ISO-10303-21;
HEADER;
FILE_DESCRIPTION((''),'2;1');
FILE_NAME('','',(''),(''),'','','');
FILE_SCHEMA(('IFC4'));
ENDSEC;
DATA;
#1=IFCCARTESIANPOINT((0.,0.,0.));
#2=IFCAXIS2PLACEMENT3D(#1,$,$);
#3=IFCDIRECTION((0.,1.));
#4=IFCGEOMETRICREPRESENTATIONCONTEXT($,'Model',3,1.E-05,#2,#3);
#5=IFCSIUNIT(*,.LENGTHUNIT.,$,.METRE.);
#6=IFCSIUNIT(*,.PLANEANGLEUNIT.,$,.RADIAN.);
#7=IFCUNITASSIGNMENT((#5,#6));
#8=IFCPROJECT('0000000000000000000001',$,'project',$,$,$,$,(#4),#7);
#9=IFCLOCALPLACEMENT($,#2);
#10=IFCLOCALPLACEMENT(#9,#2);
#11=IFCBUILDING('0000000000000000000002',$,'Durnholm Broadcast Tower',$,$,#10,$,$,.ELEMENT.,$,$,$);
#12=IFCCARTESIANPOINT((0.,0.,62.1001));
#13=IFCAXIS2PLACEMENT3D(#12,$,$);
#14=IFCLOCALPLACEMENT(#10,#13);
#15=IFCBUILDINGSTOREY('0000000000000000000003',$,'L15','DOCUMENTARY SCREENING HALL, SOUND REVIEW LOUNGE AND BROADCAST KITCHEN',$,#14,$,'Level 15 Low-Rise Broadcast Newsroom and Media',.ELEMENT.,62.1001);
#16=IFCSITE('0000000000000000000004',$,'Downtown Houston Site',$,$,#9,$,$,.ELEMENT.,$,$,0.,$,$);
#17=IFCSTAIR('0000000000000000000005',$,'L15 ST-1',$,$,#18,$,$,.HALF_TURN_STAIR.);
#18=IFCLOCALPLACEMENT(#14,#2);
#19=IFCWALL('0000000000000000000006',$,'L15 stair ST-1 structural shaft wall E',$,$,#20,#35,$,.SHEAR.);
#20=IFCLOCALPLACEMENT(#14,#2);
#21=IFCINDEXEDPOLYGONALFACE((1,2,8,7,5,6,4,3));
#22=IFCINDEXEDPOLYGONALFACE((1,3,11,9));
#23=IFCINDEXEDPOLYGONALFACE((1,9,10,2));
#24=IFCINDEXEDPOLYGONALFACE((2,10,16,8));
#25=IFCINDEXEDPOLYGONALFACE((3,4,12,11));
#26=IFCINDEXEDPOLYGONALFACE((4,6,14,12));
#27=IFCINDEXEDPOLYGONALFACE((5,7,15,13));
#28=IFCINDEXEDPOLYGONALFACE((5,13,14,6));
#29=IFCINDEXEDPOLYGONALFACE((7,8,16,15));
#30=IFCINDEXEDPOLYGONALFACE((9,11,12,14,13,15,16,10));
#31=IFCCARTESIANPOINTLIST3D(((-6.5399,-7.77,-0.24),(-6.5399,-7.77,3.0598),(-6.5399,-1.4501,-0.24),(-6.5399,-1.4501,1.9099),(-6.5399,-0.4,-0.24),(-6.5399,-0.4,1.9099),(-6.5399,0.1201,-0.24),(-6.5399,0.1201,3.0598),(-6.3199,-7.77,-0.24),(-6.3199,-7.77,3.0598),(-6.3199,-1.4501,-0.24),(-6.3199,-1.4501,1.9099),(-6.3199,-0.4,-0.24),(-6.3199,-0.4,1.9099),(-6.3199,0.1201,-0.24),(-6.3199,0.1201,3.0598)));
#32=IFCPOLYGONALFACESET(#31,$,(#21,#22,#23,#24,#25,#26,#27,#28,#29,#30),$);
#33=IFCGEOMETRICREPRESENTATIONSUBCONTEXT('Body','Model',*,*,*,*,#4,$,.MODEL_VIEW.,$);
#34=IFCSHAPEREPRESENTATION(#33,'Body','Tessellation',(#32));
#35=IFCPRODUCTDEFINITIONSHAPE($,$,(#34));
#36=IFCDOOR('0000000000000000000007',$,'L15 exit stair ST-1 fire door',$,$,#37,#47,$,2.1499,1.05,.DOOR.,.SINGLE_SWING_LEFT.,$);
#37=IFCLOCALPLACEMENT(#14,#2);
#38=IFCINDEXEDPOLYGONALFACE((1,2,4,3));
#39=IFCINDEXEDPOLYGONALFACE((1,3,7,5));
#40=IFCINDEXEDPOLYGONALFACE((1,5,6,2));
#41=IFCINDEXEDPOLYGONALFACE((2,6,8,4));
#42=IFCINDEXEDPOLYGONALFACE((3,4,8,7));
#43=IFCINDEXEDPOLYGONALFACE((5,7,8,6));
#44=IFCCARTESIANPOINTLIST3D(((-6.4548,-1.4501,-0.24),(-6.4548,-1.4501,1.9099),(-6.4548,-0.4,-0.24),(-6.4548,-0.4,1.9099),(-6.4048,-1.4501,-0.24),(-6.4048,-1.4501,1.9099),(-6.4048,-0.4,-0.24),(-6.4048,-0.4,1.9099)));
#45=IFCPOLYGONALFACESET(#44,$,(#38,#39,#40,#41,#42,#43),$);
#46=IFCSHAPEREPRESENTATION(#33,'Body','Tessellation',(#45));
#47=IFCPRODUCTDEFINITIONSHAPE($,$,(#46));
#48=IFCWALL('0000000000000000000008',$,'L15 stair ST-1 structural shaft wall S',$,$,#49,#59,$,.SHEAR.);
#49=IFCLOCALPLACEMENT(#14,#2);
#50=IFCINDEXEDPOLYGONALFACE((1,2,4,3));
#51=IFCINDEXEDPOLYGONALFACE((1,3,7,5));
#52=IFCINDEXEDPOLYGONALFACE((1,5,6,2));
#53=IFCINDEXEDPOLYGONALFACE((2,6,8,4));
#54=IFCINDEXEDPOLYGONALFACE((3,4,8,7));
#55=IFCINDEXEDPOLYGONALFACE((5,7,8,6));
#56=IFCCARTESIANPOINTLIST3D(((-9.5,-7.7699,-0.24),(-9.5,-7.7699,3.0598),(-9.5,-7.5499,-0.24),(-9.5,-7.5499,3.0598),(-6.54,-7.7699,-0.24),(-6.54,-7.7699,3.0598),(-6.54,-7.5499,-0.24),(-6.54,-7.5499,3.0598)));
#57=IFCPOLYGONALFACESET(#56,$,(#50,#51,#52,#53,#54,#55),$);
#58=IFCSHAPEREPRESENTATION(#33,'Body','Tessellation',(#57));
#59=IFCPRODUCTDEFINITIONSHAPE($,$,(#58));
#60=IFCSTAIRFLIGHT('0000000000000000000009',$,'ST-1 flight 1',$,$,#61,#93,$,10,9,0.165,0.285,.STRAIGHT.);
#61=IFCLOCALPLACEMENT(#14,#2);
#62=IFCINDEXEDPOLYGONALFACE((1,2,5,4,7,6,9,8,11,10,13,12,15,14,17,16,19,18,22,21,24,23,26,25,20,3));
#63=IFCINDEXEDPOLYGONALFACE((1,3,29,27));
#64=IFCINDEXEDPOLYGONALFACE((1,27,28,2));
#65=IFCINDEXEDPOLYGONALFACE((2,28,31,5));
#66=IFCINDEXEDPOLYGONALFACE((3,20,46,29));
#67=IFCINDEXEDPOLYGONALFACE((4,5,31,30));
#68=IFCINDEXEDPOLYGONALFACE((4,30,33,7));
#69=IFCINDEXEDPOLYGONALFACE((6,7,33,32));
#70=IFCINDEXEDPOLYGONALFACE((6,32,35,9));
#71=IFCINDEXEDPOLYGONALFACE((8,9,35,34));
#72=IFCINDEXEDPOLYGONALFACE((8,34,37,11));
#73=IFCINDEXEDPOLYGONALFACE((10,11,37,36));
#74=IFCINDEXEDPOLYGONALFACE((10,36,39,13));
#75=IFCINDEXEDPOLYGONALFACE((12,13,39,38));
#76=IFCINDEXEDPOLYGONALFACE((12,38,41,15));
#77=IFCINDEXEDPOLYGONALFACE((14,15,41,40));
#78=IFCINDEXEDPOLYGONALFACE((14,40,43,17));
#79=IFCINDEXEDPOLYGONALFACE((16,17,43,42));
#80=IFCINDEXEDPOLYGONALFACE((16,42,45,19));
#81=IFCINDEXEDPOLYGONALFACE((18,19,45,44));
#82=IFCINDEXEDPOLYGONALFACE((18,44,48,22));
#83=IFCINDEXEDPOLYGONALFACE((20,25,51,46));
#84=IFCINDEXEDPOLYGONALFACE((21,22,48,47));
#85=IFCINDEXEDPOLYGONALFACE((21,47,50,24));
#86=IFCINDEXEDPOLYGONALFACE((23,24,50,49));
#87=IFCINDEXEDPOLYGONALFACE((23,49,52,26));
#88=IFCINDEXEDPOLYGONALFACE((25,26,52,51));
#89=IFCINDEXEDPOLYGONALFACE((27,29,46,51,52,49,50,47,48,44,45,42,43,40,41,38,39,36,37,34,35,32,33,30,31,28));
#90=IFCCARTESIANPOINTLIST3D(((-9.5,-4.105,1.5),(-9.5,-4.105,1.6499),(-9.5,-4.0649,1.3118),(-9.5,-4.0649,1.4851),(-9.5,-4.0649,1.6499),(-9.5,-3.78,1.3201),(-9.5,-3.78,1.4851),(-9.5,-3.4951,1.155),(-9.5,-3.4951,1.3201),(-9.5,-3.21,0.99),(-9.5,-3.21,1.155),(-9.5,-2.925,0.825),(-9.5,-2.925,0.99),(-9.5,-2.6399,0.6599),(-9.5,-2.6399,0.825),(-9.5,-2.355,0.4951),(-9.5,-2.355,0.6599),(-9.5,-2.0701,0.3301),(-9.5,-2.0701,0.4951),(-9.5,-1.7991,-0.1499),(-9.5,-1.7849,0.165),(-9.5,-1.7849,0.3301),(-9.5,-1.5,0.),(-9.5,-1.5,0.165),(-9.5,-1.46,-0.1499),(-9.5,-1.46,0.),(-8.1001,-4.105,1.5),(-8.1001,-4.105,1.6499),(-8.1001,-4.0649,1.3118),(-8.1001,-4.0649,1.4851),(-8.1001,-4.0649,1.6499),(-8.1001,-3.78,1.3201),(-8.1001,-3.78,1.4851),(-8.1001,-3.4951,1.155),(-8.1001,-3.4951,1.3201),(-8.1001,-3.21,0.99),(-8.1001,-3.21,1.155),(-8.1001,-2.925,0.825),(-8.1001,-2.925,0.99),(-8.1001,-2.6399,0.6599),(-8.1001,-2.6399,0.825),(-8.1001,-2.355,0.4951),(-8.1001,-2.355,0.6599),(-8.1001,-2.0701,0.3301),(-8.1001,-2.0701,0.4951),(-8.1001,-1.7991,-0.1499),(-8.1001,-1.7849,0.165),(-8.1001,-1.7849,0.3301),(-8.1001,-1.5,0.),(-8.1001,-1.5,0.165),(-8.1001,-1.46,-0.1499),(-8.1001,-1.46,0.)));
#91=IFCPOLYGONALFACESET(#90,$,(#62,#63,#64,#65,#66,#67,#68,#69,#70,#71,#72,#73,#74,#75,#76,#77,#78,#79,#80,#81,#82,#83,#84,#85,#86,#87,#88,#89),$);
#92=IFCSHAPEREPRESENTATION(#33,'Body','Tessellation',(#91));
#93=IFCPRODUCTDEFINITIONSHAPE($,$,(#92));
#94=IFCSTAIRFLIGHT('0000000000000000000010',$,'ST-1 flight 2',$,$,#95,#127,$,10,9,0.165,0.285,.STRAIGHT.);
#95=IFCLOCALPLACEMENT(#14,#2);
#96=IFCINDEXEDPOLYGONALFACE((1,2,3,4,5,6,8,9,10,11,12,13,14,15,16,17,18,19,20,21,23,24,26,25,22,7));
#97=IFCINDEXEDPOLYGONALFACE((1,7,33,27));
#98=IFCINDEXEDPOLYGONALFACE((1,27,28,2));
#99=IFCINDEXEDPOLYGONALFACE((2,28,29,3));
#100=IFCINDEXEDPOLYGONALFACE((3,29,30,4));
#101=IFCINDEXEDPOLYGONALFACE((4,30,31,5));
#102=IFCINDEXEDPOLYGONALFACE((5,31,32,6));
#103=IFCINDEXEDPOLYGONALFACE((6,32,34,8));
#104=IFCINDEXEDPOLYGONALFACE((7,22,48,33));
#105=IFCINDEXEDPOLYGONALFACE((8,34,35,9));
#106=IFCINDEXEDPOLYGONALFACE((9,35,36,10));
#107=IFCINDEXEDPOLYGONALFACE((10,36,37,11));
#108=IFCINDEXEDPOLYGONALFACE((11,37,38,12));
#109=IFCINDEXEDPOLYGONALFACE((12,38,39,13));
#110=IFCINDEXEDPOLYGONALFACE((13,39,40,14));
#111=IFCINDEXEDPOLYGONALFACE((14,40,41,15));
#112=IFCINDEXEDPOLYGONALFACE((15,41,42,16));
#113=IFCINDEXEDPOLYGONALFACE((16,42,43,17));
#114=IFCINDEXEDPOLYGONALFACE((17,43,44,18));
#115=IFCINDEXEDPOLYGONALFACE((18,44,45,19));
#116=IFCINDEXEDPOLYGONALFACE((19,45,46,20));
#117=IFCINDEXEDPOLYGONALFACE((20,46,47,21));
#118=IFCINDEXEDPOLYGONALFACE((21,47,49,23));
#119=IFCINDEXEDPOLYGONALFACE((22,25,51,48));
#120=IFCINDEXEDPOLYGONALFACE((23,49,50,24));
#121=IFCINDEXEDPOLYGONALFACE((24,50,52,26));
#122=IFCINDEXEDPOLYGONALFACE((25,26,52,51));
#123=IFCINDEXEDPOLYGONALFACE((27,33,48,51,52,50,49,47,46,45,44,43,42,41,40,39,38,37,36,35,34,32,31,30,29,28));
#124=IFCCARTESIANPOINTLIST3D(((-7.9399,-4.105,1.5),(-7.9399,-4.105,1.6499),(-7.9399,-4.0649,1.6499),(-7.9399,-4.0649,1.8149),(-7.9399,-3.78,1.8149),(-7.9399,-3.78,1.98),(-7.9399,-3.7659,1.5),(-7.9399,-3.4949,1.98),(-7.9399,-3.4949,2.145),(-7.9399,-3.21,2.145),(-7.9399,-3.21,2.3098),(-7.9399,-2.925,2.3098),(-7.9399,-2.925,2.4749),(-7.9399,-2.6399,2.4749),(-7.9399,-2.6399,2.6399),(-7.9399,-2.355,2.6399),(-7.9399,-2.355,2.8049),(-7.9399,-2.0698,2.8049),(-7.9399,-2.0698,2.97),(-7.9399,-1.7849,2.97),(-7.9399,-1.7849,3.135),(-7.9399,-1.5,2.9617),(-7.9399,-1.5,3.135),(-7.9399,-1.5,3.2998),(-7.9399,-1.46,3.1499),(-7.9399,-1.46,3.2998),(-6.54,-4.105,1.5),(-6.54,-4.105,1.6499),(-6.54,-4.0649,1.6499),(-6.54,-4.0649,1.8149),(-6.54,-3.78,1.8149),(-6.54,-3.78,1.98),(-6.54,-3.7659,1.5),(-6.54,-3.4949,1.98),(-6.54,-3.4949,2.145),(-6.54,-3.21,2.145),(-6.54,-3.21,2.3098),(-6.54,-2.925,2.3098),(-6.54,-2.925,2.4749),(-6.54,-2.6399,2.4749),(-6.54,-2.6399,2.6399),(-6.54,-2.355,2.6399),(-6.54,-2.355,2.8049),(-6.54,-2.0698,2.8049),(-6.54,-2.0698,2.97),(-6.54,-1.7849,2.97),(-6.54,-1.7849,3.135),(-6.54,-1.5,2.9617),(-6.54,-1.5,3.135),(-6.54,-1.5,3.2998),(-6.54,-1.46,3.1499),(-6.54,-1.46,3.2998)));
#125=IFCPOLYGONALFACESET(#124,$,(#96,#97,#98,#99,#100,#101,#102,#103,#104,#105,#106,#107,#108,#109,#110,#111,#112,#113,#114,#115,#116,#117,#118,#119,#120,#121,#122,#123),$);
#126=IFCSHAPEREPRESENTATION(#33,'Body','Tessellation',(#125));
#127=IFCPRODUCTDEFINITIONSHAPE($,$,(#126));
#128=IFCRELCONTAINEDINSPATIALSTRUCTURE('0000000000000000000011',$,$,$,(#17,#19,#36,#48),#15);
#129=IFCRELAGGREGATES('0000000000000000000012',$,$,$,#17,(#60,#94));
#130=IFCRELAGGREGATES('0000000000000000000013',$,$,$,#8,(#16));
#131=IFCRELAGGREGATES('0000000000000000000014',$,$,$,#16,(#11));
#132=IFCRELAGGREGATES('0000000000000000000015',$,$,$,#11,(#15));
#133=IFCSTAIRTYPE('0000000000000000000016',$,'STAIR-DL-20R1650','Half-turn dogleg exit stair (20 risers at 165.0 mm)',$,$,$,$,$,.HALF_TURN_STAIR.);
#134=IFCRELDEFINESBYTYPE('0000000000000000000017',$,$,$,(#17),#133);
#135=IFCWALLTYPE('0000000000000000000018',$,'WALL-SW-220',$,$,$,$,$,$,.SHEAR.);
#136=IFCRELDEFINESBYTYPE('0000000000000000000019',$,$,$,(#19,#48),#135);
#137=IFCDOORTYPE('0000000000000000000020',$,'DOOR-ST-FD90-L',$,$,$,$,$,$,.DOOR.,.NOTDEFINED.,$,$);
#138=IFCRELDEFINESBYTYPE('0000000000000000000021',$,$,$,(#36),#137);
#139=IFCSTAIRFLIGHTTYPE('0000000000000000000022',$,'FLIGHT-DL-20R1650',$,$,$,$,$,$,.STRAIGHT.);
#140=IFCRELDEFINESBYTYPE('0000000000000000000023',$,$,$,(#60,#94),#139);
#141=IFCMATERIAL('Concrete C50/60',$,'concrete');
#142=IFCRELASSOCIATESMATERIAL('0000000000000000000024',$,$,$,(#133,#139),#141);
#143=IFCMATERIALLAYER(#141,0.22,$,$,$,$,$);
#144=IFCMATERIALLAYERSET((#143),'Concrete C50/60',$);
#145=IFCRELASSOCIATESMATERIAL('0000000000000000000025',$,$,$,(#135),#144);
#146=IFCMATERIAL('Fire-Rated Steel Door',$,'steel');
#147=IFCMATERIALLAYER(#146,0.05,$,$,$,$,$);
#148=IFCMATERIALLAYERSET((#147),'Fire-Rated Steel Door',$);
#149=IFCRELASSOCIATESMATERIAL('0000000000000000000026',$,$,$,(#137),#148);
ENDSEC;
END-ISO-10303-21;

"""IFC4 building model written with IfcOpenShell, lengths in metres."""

from ifc_helpers import new_model, si_unit, direction, frame, frame_2d, origin, place, context, subcontext, project, spatial, polyline, rectangle, outline, extrude, source, transform, mapped, material, layer, layer_set, type_object, type_shapes, element, fill, aggregate, save


model = new_model("IFC4")

# Units and contexts
model_context = context("Model", 3, precision=1e-05, world=origin(), true_north=direction((0.0, 1.0)))
body_context = subcontext(model_context, "Body", "Model", "MODEL_VIEW")
ifc_project = project(units=[si_unit("LENGTHUNIT", "METRE"), si_unit("PLANEANGLEUNIT", "RADIAN")], contexts=[model_context])

# Site, building, storey
site_placement = place(None, origin())
site = spatial("IfcSite", under=ifc_project, at=site_placement, Name="Downtown Houston Site", CompositionType="ELEMENT", RefElevation=0.0)
building_placement = place(site_placement, origin())
building = spatial("IfcBuilding", under=site, at=building_placement, Name="Durnholm Broadcast Tower", CompositionType="ELEMENT")
storey_placement = place(building_placement, frame((0.0, 0.0, 62.1001)))
storey = spatial("IfcBuildingStorey", under=building, at=storey_placement, Name="L15", Description="DOCUMENTARY SCREENING HALL, SOUND REVIEW LOUNGE AND BROADCAST KITCHEN", LongName="Level 15 Low-Rise Broadcast Newsroom and Media", CompositionType="ELEMENT", Elevation=62.1001)

# Shared definitions
ifc_material_1 = material(Name="Concrete C50/60", Category="concrete")

# Stair
stair_type = type_object("IfcStairType", Name="STAIR-DL-20R1650", Description="Half-turn dogleg exit stair (20 risers at 165.0 mm)", PredefinedType="HALF_TURN_STAIR", material=ifc_material_1)
stair_1_placement = place(storey_placement, origin())
stair_1 = element("IfcStair", 1, at=stair_1_placement, inside=storey, type_object=stair_type, Name="L15 ST-1", PredefinedType="HALF_TURN_STAIR")

# Wall, opening, door
ifc_layer_1 = layer(ifc_material_1, 0.22)
ifc_layer_set_1 = layer_set([ifc_layer_1], Name="Concrete C50/60")
wall_type_1 = type_object("IfcWallType", Name="WALL-SW-220", PredefinedType="SHEAR", material=ifc_layer_set_1)
wall_1_placement = place(storey_placement, frame((-6.4299, -7.77, -0.24), z_axis=(0.0, 0.0, 1.0), x_axis=(0.0, 1.0, 0.0)))
wall_1 = element("IfcWall", 2, at=wall_1_placement, inside=storey, type_object=wall_type_1, Name="L15 stair ST-1 structural shaft wall E", PredefinedType="SHEAR", context=body_context, shape_type="SweptSolid", body=[
    extrude(rectangle(XDim=7.8901, YDim=0.22, at=frame_2d((3.9451, 0.0))), origin(), (0.0, 0.0, 1.0), 3.2998),
])
opening_1_placement = place(wall_1_placement, frame((6.3201, 0.0, 0.0)))
opening_1 = element("IfcOpeningElement", 3, at=opening_1_placement, cuts=wall_1, PredefinedType="OPENING", context=body_context, shape_type="SweptSolid", body=[
    extrude(rectangle(XDim=1.05, YDim=2.1499, at=frame_2d((0.5249, 1.075))), frame((0.0, 0.1201, 0.0), z_axis=(0.0, -1.0, 0.0), x_axis=(1.0, 0.0, 0.0)), (0.0, 0.0, 1.0), 0.24),
])
ifc_material_2 = material(Name="Fire-Rated Steel Door", Category="steel")
ifc_layer_2 = layer(ifc_material_2, 0.05)
ifc_layer_set_2 = layer_set([ifc_layer_2], Name="Fire-Rated Steel Door")
door_type_1 = type_object("IfcDoorType", Name="DOOR-ST-FD90-L", OperationType="NOTDEFINED", PredefinedType="DOOR", material=ifc_layer_set_2)
shared_shape_1 = source(origin(), body_context, "Body", "SweptSolid", [
    extrude(rectangle(XDim=1.05, YDim=2.1499, at=frame_2d((0.5249, 1.075))), frame((0.0, 0.0249, 0.0), z_axis=(0.0, -1.0, 0.0), x_axis=(1.0, 0.0, 0.0)), (0.0, 0.0, 1.0), 0.05),
])
type_shapes(door_type_1, [shared_shape_1])
door_1_placement = place(opening_1_placement, origin())
door_1 = element("IfcDoor", 4, at=door_1_placement, inside=storey, type_object=door_type_1, Name="L15 exit stair ST-1 fire door", OperationType="SINGLE_SWING_LEFT", OverallHeight=2.1499, OverallWidth=1.05, PredefinedType="DOOR", context=body_context, shape_type="MappedRepresentation", body=[
    mapped(shared_shape_1, transform((0.0, 0.0, 0.0), x_axis=(1.0, 0.0, 0.0), y_axis=(0.0, 1.0, 0.0), z_axis=(0.0, 0.0, 1.0), scale=1.0)),
])
fill(opening_1, door_1)

# Wall
wall_2_placement = place(storey_placement, frame((-9.5, -7.6599, -0.24), z_axis=(0.0, 0.0, 1.0), x_axis=(1.0, 0.0, 0.0)))
element("IfcWall", 5, at=wall_2_placement, inside=storey, type_object=wall_type_1, Name="L15 stair ST-1 structural shaft wall S", PredefinedType="SHEAR", context=body_context, shape_type="SweptSolid", body=[
    extrude(rectangle(XDim=2.96, YDim=0.22, at=frame_2d((1.48, 0.0))), origin(), (0.0, 0.0, 1.0), 3.2998),
])

# Stair flights
stair_flight_type = type_object("IfcStairFlightType", Name="FLIGHT-DL-20R1650", PredefinedType="STRAIGHT", material=ifc_material_1)
stair_flight_1_placement = place(storey_placement, frame((-8.8, -1.5, 0.0), z_axis=(0.0, 0.0, 1.0), x_axis=(0.0, -1.0, 0.0)))
stair_flight_1 = element("IfcStairFlight", 6, at=stair_flight_1_placement, type_object=stair_flight_type, Name="ST-1 flight 1", NumberOfRisers=10, NumberOfTreads=9, PredefinedType="STRAIGHT", RiserHeight=0.165, TreadLength=0.285, context=body_context, shape_type="SweptSolid", body=[
    extrude(outline(polyline([(-0.04, -0.1499), (-0.04, 0.0), (0.0, 0.0), (0.0, 0.165), (0.2849, 0.165), (0.2849, 0.3301), (0.5701, 0.3301), (0.5701, 0.4951), (0.855, 0.4951), (0.855, 0.6599), (1.1399, 0.6599), (1.1399, 0.825), (1.425, 0.825), (1.425, 0.99), (1.71, 0.99), (1.71, 1.155), (1.9951, 1.155), (1.9951, 1.3201), (2.28, 1.3201), (2.28, 1.4851), (2.5649, 1.4851), (2.5649, 1.6499), (2.605, 1.6499), (2.605, 1.5), (2.5649, 1.3118), (0.2991, -0.1499), (-0.04, -0.1499)])), frame((0.0, 0.7, 0.0), z_axis=(0.0, -1.0, 0.0), x_axis=(1.0, 0.0, 0.0)), (0.0, 0.0, 1.0), 1.3999),
])
stair_flight_2_placement = place(storey_placement, frame((-7.24, -4.0649, 1.6499), z_axis=(0.0, 0.0, 1.0), x_axis=(0.0, 1.0, 0.0)))
stair_flight_2 = element("IfcStairFlight", 7, at=stair_flight_2_placement, type_object=stair_flight_type, Name="ST-1 flight 2", NumberOfRisers=10, NumberOfTreads=9, PredefinedType="STRAIGHT", RiserHeight=0.165, TreadLength=0.285, context=body_context, shape_type="SweptSolid", body=[
    extrude(outline(polyline([(-0.04, -0.1499), (-0.04, 0.0), (0.0, 0.0), (0.0, 0.165), (0.2849, 0.165), (0.2849, 0.3301), (0.5701, 0.3301), (0.5701, 0.4951), (0.855, 0.4951), (0.855, 0.6599), (1.1399, 0.6599), (1.1399, 0.825), (1.425, 0.825), (1.425, 0.99), (1.71, 0.99), (1.71, 1.155), (1.9951, 1.155), (1.9951, 1.3201), (2.28, 1.3201), (2.28, 1.4851), (2.5649, 1.4851), (2.5649, 1.6499), (2.605, 1.6499), (2.605, 1.5), (2.5649, 1.3118), (0.2991, -0.1499), (-0.04, -0.1499)])), frame((0.0, 0.7, 0.0), z_axis=(0.0, -1.0, 0.0), x_axis=(1.0, 0.0, 0.0)), (0.0, 0.0, 1.0), 1.3999),
])
aggregate(stair_1, [stair_flight_1, stair_flight_2])

save(model, "model.ifc")
